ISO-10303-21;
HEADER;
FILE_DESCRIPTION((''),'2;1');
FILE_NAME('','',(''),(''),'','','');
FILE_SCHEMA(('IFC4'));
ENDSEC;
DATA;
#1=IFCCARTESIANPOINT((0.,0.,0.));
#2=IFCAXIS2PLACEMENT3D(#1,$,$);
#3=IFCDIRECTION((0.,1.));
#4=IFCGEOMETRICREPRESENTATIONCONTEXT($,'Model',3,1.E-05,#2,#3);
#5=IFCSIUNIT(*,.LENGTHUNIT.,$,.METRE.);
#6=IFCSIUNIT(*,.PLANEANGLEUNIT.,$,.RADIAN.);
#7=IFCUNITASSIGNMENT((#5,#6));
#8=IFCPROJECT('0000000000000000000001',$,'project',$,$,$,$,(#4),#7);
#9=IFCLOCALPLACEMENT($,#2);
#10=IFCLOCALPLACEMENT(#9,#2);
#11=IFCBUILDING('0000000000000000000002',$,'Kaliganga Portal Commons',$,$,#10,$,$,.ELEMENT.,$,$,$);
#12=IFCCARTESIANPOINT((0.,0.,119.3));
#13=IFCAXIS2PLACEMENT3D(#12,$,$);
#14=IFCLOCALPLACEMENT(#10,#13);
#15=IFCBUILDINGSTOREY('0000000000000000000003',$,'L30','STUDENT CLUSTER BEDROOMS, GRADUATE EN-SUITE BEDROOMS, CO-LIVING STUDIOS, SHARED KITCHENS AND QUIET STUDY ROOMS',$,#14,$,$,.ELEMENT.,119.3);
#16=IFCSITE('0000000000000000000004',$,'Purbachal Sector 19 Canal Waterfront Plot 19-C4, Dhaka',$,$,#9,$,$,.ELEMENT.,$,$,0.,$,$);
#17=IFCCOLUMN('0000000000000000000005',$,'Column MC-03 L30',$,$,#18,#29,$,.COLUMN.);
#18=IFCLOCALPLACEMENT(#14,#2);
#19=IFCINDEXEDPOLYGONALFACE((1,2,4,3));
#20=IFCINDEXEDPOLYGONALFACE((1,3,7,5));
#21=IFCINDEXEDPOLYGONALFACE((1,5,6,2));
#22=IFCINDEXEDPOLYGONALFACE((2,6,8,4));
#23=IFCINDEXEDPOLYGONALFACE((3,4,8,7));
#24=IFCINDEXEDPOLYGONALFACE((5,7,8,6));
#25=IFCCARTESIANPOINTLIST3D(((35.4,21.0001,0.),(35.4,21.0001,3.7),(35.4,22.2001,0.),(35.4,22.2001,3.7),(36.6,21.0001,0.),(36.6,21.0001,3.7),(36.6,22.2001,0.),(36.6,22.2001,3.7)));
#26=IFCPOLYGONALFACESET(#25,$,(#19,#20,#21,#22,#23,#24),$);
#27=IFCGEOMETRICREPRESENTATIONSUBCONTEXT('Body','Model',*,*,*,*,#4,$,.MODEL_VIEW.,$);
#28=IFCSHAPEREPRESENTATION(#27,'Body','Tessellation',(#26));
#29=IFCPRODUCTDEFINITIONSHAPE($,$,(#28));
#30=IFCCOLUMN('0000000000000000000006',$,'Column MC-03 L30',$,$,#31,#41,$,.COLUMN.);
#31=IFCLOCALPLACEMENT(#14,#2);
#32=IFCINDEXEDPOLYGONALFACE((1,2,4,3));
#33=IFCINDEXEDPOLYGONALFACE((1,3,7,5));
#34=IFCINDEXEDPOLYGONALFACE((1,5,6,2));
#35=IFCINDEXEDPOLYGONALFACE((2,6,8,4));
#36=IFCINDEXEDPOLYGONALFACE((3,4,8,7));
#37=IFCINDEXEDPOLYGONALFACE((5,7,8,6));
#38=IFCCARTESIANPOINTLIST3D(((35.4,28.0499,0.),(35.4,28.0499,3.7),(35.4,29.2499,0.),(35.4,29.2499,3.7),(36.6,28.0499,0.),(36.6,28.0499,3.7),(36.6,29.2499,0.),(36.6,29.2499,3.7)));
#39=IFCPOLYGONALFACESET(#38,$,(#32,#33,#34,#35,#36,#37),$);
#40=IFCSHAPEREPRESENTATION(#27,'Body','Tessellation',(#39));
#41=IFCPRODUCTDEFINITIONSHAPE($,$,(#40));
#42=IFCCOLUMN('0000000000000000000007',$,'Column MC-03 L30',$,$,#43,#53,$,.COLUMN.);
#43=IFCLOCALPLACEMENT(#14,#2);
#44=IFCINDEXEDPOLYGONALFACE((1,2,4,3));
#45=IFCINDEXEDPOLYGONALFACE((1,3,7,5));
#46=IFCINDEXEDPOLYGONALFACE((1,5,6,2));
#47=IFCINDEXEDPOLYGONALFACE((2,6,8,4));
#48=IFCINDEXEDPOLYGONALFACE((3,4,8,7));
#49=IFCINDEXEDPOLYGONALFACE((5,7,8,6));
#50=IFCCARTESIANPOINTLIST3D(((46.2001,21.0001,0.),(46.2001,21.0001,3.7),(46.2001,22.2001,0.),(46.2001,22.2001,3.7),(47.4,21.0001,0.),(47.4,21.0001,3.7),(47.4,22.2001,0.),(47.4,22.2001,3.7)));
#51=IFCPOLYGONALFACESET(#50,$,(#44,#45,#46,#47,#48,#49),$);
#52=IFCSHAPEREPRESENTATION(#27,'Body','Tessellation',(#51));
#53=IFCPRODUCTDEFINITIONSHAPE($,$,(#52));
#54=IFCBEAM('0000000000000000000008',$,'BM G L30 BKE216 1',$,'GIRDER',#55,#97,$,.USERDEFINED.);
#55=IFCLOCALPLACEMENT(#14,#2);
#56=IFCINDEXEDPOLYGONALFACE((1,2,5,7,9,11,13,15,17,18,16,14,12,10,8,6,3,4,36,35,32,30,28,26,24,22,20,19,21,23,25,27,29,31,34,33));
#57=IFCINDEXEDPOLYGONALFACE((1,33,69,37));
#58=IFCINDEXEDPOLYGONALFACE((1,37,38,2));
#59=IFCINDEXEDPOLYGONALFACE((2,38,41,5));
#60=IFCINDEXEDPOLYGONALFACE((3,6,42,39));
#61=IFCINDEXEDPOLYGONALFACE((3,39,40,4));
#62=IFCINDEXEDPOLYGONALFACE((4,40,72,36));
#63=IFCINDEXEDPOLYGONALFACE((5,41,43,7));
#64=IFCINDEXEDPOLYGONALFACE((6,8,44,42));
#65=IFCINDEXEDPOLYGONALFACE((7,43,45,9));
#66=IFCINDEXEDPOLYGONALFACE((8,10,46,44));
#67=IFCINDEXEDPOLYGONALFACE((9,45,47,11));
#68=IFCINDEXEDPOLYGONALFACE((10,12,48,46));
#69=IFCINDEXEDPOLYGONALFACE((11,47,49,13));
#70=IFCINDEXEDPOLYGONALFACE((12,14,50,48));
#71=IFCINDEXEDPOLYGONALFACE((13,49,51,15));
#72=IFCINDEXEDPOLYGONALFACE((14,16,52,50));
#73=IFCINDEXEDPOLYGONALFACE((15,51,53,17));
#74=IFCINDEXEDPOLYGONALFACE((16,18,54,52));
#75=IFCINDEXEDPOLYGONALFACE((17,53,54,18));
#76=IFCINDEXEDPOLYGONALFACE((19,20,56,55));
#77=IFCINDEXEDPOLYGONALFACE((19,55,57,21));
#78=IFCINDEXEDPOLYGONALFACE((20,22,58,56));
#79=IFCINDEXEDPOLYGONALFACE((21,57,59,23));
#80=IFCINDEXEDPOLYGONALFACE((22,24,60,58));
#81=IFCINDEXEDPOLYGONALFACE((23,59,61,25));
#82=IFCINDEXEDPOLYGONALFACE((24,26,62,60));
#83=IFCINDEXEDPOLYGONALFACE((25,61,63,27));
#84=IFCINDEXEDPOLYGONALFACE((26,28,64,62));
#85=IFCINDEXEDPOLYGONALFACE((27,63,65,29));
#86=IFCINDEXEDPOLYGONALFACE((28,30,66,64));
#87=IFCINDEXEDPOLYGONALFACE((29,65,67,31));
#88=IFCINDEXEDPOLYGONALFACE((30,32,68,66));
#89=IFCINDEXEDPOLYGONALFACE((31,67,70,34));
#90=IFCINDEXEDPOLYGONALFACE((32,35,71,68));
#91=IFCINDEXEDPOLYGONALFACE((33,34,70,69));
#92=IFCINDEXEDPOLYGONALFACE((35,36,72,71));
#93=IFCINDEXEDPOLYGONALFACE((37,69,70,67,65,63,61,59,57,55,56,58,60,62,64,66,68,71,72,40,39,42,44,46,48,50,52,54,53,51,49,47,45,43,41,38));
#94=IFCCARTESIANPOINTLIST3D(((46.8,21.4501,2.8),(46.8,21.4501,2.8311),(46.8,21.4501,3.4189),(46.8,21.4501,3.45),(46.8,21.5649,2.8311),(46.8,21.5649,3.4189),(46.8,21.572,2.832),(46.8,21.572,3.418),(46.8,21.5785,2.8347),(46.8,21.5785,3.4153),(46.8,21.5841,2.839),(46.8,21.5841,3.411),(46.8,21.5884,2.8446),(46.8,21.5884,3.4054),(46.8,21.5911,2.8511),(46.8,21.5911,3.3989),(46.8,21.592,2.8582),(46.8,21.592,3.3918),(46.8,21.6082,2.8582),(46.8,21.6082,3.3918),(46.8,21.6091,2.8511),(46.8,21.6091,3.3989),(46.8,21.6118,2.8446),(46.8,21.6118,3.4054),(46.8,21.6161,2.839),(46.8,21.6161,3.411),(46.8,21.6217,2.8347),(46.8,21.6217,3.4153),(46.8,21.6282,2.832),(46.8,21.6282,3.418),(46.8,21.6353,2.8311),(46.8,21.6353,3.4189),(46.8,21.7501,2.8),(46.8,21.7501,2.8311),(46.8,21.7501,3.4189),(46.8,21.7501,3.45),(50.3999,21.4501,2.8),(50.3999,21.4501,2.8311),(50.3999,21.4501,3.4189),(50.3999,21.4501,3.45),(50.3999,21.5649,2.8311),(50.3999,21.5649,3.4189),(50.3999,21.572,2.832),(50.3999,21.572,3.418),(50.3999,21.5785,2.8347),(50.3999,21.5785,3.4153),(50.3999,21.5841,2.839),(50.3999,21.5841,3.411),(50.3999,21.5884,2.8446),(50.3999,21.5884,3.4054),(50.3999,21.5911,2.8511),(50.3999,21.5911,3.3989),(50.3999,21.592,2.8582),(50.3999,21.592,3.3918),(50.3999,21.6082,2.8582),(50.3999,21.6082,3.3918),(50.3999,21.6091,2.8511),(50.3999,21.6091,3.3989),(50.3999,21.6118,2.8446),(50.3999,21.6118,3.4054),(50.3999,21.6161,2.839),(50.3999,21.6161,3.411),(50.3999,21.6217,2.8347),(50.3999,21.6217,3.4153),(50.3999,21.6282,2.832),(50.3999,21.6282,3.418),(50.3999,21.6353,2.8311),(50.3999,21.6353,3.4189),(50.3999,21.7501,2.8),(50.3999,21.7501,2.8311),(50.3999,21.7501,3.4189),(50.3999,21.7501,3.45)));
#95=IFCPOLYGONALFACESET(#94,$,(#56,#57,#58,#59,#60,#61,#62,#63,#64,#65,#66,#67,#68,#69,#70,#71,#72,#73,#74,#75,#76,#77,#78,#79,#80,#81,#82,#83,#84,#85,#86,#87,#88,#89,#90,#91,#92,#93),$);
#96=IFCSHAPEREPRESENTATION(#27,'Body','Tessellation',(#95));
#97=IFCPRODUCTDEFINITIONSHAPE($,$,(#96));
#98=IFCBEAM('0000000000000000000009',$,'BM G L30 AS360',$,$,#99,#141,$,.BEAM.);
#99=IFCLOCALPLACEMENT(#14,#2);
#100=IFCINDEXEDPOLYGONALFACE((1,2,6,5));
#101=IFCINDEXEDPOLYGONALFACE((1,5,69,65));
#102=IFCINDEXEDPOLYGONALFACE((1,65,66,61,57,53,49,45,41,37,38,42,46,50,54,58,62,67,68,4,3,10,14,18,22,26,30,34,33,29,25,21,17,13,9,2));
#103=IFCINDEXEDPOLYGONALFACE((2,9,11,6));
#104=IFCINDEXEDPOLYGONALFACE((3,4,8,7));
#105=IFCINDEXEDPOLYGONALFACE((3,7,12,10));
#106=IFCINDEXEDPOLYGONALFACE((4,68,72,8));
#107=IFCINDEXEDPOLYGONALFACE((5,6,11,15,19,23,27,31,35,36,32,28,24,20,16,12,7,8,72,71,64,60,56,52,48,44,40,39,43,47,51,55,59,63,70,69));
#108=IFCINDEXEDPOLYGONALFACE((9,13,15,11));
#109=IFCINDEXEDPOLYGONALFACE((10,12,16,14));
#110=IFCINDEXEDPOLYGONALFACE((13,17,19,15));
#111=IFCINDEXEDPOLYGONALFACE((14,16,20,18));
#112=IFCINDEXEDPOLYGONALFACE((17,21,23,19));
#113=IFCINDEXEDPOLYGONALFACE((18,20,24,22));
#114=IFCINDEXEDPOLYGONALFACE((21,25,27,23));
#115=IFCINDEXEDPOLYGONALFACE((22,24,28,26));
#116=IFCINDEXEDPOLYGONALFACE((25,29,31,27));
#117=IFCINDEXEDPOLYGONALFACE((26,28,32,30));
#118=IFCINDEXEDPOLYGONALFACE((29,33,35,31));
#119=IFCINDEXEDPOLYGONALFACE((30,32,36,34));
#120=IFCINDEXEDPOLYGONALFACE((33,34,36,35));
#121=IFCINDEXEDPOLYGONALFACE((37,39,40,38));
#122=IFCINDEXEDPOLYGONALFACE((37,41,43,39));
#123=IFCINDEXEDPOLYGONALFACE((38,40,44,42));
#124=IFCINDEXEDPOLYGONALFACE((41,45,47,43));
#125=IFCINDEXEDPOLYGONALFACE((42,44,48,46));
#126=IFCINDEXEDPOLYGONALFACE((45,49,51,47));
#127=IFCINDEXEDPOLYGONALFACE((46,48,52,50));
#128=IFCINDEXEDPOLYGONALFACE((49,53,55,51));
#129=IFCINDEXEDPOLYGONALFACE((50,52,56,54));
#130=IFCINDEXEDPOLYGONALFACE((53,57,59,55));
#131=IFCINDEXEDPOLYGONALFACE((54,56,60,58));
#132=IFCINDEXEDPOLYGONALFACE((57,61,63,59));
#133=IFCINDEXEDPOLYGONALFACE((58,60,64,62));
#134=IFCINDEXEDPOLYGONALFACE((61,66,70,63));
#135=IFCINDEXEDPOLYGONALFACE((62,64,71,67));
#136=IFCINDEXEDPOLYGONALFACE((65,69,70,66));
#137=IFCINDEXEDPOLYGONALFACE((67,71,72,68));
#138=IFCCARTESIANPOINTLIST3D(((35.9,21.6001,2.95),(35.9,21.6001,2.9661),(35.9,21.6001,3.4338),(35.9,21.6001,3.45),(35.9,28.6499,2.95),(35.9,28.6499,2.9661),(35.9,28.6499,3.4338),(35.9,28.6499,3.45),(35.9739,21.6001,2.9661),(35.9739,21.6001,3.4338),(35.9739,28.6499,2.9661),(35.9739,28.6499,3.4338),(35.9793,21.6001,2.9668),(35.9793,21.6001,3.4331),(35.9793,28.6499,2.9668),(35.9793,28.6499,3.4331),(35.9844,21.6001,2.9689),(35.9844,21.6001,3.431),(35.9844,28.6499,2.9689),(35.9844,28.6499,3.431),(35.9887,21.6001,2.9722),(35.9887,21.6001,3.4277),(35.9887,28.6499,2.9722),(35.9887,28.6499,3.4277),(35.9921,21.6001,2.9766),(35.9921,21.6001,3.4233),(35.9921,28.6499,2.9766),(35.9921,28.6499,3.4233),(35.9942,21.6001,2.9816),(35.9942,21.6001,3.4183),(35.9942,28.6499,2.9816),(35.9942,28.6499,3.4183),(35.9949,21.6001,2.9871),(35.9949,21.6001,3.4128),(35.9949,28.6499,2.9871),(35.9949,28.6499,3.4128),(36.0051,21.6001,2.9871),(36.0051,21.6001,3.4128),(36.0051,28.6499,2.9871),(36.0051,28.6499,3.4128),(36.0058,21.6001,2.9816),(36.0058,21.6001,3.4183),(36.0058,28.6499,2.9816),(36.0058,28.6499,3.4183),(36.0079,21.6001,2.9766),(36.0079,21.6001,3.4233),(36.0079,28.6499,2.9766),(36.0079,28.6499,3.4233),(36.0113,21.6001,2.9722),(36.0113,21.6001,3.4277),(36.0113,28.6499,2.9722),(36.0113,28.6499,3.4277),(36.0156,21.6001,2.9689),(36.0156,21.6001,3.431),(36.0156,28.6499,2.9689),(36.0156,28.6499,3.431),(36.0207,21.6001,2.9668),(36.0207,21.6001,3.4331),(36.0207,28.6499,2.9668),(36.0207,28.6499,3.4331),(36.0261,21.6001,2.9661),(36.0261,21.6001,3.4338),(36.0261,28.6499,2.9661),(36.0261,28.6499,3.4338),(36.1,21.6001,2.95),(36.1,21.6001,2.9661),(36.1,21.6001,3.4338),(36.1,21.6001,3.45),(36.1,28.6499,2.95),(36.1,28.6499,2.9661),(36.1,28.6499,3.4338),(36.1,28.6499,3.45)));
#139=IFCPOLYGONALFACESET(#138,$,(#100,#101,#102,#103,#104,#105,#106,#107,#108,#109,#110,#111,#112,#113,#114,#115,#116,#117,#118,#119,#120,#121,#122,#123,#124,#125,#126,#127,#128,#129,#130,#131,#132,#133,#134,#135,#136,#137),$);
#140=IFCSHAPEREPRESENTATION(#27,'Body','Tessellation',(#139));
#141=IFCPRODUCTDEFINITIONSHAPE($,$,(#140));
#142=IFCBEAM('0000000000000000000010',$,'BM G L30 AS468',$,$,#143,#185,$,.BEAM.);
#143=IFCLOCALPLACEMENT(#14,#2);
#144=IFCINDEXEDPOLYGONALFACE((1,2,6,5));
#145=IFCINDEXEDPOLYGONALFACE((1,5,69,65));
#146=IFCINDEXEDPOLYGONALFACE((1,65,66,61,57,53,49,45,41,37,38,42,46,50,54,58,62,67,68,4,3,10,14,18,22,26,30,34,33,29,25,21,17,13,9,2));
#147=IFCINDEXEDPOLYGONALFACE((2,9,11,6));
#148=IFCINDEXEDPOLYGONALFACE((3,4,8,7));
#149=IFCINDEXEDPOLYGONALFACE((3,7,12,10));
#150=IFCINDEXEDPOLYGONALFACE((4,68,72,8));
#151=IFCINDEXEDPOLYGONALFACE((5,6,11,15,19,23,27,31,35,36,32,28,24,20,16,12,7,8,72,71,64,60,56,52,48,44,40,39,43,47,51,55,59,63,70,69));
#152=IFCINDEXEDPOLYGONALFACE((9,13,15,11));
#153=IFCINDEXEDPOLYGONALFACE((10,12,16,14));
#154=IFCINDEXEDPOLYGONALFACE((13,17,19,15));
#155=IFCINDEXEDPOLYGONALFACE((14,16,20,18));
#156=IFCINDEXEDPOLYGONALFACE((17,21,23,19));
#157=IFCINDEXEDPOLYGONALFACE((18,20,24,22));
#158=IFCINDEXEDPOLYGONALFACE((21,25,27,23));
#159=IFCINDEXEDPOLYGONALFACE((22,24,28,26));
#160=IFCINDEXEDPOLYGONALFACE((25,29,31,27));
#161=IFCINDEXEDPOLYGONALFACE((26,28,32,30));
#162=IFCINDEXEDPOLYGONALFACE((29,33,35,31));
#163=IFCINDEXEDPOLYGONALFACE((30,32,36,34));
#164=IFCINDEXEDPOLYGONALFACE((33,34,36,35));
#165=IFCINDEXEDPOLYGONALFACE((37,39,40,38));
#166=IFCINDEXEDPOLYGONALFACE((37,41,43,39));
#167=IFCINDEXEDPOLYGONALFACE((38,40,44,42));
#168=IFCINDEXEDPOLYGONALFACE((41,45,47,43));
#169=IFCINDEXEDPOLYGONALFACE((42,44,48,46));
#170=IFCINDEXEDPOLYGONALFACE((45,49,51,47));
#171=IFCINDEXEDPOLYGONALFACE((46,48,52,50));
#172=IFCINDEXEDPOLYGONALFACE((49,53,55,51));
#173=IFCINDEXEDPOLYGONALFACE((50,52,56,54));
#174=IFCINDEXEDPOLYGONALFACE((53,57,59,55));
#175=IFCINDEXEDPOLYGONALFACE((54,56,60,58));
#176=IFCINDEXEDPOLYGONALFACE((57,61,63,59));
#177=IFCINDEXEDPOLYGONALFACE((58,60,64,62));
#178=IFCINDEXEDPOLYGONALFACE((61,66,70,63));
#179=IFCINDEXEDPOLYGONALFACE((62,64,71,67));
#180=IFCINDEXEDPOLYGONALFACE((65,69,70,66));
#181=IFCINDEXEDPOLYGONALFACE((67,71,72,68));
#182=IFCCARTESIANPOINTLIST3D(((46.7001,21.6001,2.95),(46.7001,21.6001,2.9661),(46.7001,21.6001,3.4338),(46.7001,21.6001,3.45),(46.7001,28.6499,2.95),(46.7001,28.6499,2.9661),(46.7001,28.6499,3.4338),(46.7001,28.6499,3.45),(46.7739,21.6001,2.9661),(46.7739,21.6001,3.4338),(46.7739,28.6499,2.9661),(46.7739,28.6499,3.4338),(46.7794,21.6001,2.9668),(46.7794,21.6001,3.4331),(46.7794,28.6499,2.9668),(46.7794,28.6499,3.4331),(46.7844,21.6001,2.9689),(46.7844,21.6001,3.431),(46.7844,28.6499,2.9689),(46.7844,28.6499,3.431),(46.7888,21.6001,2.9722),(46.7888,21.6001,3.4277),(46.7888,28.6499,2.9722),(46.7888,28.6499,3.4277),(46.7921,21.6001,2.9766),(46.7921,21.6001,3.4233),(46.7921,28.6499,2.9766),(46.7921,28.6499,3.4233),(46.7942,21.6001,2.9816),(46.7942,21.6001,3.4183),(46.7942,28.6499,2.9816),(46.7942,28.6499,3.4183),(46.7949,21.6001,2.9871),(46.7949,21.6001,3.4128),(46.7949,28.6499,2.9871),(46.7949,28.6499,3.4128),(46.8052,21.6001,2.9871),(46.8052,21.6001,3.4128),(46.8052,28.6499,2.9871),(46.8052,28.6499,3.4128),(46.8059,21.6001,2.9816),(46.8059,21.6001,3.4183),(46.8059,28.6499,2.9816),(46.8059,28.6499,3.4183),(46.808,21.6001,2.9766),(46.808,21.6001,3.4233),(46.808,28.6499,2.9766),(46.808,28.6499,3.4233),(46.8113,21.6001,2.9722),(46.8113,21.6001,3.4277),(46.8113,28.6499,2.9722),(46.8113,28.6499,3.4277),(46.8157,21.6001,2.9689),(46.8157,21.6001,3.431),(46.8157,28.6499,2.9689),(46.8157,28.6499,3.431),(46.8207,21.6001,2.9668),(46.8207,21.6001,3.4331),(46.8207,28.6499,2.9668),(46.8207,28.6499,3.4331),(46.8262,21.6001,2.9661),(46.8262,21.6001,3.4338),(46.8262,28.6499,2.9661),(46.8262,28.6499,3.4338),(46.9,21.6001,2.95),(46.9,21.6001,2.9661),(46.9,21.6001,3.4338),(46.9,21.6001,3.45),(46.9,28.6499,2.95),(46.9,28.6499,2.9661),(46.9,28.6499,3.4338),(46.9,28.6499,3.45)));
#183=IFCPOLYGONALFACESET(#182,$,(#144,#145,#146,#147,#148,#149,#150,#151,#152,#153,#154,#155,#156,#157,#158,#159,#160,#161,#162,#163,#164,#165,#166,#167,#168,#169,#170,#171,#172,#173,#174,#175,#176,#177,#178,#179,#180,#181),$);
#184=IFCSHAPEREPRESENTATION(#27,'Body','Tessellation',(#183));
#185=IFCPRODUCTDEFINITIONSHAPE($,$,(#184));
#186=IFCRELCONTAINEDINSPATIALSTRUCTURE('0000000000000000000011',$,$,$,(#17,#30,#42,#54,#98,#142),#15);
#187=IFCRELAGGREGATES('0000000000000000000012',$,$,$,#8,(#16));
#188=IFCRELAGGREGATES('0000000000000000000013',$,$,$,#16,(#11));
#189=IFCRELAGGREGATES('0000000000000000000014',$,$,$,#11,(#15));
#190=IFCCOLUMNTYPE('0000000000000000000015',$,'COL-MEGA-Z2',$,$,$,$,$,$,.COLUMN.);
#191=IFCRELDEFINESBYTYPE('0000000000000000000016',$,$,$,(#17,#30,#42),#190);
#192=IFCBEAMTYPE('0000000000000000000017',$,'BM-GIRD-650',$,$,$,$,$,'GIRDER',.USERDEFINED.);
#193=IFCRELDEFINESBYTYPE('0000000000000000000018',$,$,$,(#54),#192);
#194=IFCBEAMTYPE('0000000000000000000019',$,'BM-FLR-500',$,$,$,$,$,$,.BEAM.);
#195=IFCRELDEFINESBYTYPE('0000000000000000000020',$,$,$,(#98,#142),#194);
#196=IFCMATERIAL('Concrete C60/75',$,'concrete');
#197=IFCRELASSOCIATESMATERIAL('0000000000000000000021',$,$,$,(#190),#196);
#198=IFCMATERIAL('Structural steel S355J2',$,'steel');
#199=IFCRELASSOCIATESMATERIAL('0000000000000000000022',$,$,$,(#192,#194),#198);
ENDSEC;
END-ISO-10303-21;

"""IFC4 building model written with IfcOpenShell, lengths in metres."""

from ifc_helpers import new_model, si_unit, direction, frame, origin, origin_2d, place, context, subcontext, project, spatial, rectangle, i_section, extrude, source, transform, mapped, material, material_profile, profile_set, type_object, element, save


model = new_model("IFC4")

# Units and contexts
model_context = context("Model", 3, precision=1e-05, world=origin(), true_north=direction((0.0, 1.0)))
body_context = subcontext(model_context, "Body", "Model", "MODEL_VIEW")
ifc_project = project(units=[si_unit("LENGTHUNIT", "METRE"), si_unit("PLANEANGLEUNIT", "RADIAN")], contexts=[model_context])

# Site, building, storey
site_placement = place(None, origin())
site = spatial("IfcSite", under=ifc_project, at=site_placement, Name="Purbachal Sector 19 Canal Waterfront Plot 19-C4, Dhaka", CompositionType="ELEMENT", RefElevation=0.0)
building_placement = place(site_placement, origin())
building = spatial("IfcBuilding", under=site, at=building_placement, Name="Kaliganga Portal Commons", CompositionType="ELEMENT")
storey_placement = place(building_placement, frame((0.0, 0.0, 119.3)))
storey = spatial("IfcBuildingStorey", under=building, at=storey_placement, Name="L30", Description="STUDENT CLUSTER BEDROOMS, GRADUATE EN-SUITE BEDROOMS, CO-LIVING STUDIOS, SHARED KITCHENS AND QUIET STUDY ROOMS", CompositionType="ELEMENT", Elevation=119.3)

# Columns
ifc_material_1 = material(Name="Concrete C60/75", Category="concrete")
ifc_material_profile_1 = material_profile(ifc_material_1, rectangle(XDim=1.2, YDim=1.2, at=origin_2d()), Name="RC 1200x1200")
ifc_profile_set_1 = profile_set([ifc_material_profile_1], Name="Concrete C60/75")
column_type = type_object("IfcColumnType", Name="COL-MEGA-Z2", PredefinedType="COLUMN", material=ifc_profile_set_1)
shared_shape_1 = source(origin(), body_context, "Body", "SweptSolid", [
    extrude(rectangle(XDim=1.2, YDim=1.2, at=origin_2d()), origin(), (0.0, 0.0, 1.0), 3.7),
])
for number, where, z_axis, x_axis, name in (
    (1, (36.0, 21.6001, 0.0), (0.0, 0.0, 1.0), (1.0, 0.0, 0.0), "Column MC-03 L30"),
    (2, (36.0, 28.6499, 0.0), (0.0, 0.0, 1.0), (1.0, 0.0, 0.0), "Column MC-03 L30"),
    (3, (46.8, 21.6001, 0.0), (0.0, 0.0, 1.0), (1.0, 0.0, 0.0), "Column MC-03 L30"),
):
    element("IfcColumn", number, at=place(storey_placement, frame(where, z_axis=z_axis, x_axis=x_axis)), inside=storey, type_object=column_type, Name=name, PredefinedType="COLUMN", context=body_context, shape_type="MappedRepresentation", body=[
        mapped(shared_shape_1, transform((0.0, 0.0, 0.0), x_axis=(1.0, 0.0, 0.0), y_axis=(0.0, 1.0, 0.0), z_axis=(0.0, 0.0, 1.0), scale=1.0)),
    ])

# Beams
ifc_material_2 = material(Name="Structural steel S355J2", Category="steel")
ifc_material_profile_2 = material_profile(ifc_material_2, i_section(OverallWidth=0.3, OverallDepth=0.6499, WebThickness=0.0161, FlangeThickness=0.031, FilletRadius=0.0271, at=origin_2d()), Name="HE 650 B")
ifc_profile_set_2 = profile_set([ifc_material_profile_2], Name="Structural steel S355J2 wide-flange")
beam_type_1 = type_object("IfcBeamType", Name="BM-GIRD-650", ElementType="GIRDER", PredefinedType="USERDEFINED", material=ifc_profile_set_2)
shared_shape_2 = source(origin(), body_context, "Body", "SweptSolid", [
    extrude(i_section(OverallWidth=0.3, OverallDepth=0.6499, WebThickness=0.0161, FlangeThickness=0.031, FilletRadius=0.0271, at=origin_2d()), origin(), (0.0, 0.0, 1.0), 3.5999),
])
beam_1_placement = place(storey_placement, frame((46.8, 21.6001, 3.125), z_axis=(1.0, 0.0, 0.0), x_axis=(0.0, 1.0, 0.0)))
element("IfcBeam", 4, at=beam_1_placement, inside=storey, type_object=beam_type_1, Name="BM G L30 BKE216 1", ObjectType="GIRDER", PredefinedType="USERDEFINED", context=body_context, shape_type="MappedRepresentation", body=[
    mapped(shared_shape_2, transform((0.0, 0.0, 0.0), x_axis=(1.0, 0.0, 0.0), y_axis=(0.0, 1.0, 0.0), z_axis=(0.0, 0.0, 1.0), scale=1.0)),
])
ifc_material_profile_3 = material_profile(ifc_material_2, i_section(OverallWidth=0.2, OverallDepth=0.5, WebThickness=0.0103, FlangeThickness=0.0161, FilletRadius=0.021, at=origin_2d()), Name="IPE 500")
ifc_profile_set_3 = profile_set([ifc_material_profile_3], Name="Structural steel S355J2 wide-flange")
beam_type_2 = type_object("IfcBeamType", Name="BM-FLR-500", PredefinedType="BEAM", material=ifc_profile_set_3)
shared_shape_3 = source(origin(), body_context, "Body", "SweptSolid", [
    extrude(i_section(OverallWidth=0.2, OverallDepth=0.5, WebThickness=0.0103, FlangeThickness=0.0161, FilletRadius=0.021, at=origin_2d()), origin(), (0.0, 0.0, 1.0), 7.0498),
])
for number, where, z_axis, x_axis, name in (
    (5, (36.0, 21.6001, 3.2), (0.0, 1.0, 0.0), (-1.0, 0.0, 0.0), "BM G L30 AS360"),
    (6, (46.8, 21.6001, 3.2), (0.0, 1.0, 0.0), (-1.0, 0.0, 0.0), "BM G L30 AS468"),
):
    element("IfcBeam", number, at=place(storey_placement, frame(where, z_axis=z_axis, x_axis=x_axis)), inside=storey, type_object=beam_type_2, Name=name, PredefinedType="BEAM", context=body_context, shape_type="MappedRepresentation", body=[
        mapped(shared_shape_3, transform((0.0, 0.0, 0.0), x_axis=(1.0, 0.0, 0.0), y_axis=(0.0, 1.0, 0.0), z_axis=(0.0, 0.0, 1.0), scale=1.0)),
    ])

save(model, "model.ifc")
